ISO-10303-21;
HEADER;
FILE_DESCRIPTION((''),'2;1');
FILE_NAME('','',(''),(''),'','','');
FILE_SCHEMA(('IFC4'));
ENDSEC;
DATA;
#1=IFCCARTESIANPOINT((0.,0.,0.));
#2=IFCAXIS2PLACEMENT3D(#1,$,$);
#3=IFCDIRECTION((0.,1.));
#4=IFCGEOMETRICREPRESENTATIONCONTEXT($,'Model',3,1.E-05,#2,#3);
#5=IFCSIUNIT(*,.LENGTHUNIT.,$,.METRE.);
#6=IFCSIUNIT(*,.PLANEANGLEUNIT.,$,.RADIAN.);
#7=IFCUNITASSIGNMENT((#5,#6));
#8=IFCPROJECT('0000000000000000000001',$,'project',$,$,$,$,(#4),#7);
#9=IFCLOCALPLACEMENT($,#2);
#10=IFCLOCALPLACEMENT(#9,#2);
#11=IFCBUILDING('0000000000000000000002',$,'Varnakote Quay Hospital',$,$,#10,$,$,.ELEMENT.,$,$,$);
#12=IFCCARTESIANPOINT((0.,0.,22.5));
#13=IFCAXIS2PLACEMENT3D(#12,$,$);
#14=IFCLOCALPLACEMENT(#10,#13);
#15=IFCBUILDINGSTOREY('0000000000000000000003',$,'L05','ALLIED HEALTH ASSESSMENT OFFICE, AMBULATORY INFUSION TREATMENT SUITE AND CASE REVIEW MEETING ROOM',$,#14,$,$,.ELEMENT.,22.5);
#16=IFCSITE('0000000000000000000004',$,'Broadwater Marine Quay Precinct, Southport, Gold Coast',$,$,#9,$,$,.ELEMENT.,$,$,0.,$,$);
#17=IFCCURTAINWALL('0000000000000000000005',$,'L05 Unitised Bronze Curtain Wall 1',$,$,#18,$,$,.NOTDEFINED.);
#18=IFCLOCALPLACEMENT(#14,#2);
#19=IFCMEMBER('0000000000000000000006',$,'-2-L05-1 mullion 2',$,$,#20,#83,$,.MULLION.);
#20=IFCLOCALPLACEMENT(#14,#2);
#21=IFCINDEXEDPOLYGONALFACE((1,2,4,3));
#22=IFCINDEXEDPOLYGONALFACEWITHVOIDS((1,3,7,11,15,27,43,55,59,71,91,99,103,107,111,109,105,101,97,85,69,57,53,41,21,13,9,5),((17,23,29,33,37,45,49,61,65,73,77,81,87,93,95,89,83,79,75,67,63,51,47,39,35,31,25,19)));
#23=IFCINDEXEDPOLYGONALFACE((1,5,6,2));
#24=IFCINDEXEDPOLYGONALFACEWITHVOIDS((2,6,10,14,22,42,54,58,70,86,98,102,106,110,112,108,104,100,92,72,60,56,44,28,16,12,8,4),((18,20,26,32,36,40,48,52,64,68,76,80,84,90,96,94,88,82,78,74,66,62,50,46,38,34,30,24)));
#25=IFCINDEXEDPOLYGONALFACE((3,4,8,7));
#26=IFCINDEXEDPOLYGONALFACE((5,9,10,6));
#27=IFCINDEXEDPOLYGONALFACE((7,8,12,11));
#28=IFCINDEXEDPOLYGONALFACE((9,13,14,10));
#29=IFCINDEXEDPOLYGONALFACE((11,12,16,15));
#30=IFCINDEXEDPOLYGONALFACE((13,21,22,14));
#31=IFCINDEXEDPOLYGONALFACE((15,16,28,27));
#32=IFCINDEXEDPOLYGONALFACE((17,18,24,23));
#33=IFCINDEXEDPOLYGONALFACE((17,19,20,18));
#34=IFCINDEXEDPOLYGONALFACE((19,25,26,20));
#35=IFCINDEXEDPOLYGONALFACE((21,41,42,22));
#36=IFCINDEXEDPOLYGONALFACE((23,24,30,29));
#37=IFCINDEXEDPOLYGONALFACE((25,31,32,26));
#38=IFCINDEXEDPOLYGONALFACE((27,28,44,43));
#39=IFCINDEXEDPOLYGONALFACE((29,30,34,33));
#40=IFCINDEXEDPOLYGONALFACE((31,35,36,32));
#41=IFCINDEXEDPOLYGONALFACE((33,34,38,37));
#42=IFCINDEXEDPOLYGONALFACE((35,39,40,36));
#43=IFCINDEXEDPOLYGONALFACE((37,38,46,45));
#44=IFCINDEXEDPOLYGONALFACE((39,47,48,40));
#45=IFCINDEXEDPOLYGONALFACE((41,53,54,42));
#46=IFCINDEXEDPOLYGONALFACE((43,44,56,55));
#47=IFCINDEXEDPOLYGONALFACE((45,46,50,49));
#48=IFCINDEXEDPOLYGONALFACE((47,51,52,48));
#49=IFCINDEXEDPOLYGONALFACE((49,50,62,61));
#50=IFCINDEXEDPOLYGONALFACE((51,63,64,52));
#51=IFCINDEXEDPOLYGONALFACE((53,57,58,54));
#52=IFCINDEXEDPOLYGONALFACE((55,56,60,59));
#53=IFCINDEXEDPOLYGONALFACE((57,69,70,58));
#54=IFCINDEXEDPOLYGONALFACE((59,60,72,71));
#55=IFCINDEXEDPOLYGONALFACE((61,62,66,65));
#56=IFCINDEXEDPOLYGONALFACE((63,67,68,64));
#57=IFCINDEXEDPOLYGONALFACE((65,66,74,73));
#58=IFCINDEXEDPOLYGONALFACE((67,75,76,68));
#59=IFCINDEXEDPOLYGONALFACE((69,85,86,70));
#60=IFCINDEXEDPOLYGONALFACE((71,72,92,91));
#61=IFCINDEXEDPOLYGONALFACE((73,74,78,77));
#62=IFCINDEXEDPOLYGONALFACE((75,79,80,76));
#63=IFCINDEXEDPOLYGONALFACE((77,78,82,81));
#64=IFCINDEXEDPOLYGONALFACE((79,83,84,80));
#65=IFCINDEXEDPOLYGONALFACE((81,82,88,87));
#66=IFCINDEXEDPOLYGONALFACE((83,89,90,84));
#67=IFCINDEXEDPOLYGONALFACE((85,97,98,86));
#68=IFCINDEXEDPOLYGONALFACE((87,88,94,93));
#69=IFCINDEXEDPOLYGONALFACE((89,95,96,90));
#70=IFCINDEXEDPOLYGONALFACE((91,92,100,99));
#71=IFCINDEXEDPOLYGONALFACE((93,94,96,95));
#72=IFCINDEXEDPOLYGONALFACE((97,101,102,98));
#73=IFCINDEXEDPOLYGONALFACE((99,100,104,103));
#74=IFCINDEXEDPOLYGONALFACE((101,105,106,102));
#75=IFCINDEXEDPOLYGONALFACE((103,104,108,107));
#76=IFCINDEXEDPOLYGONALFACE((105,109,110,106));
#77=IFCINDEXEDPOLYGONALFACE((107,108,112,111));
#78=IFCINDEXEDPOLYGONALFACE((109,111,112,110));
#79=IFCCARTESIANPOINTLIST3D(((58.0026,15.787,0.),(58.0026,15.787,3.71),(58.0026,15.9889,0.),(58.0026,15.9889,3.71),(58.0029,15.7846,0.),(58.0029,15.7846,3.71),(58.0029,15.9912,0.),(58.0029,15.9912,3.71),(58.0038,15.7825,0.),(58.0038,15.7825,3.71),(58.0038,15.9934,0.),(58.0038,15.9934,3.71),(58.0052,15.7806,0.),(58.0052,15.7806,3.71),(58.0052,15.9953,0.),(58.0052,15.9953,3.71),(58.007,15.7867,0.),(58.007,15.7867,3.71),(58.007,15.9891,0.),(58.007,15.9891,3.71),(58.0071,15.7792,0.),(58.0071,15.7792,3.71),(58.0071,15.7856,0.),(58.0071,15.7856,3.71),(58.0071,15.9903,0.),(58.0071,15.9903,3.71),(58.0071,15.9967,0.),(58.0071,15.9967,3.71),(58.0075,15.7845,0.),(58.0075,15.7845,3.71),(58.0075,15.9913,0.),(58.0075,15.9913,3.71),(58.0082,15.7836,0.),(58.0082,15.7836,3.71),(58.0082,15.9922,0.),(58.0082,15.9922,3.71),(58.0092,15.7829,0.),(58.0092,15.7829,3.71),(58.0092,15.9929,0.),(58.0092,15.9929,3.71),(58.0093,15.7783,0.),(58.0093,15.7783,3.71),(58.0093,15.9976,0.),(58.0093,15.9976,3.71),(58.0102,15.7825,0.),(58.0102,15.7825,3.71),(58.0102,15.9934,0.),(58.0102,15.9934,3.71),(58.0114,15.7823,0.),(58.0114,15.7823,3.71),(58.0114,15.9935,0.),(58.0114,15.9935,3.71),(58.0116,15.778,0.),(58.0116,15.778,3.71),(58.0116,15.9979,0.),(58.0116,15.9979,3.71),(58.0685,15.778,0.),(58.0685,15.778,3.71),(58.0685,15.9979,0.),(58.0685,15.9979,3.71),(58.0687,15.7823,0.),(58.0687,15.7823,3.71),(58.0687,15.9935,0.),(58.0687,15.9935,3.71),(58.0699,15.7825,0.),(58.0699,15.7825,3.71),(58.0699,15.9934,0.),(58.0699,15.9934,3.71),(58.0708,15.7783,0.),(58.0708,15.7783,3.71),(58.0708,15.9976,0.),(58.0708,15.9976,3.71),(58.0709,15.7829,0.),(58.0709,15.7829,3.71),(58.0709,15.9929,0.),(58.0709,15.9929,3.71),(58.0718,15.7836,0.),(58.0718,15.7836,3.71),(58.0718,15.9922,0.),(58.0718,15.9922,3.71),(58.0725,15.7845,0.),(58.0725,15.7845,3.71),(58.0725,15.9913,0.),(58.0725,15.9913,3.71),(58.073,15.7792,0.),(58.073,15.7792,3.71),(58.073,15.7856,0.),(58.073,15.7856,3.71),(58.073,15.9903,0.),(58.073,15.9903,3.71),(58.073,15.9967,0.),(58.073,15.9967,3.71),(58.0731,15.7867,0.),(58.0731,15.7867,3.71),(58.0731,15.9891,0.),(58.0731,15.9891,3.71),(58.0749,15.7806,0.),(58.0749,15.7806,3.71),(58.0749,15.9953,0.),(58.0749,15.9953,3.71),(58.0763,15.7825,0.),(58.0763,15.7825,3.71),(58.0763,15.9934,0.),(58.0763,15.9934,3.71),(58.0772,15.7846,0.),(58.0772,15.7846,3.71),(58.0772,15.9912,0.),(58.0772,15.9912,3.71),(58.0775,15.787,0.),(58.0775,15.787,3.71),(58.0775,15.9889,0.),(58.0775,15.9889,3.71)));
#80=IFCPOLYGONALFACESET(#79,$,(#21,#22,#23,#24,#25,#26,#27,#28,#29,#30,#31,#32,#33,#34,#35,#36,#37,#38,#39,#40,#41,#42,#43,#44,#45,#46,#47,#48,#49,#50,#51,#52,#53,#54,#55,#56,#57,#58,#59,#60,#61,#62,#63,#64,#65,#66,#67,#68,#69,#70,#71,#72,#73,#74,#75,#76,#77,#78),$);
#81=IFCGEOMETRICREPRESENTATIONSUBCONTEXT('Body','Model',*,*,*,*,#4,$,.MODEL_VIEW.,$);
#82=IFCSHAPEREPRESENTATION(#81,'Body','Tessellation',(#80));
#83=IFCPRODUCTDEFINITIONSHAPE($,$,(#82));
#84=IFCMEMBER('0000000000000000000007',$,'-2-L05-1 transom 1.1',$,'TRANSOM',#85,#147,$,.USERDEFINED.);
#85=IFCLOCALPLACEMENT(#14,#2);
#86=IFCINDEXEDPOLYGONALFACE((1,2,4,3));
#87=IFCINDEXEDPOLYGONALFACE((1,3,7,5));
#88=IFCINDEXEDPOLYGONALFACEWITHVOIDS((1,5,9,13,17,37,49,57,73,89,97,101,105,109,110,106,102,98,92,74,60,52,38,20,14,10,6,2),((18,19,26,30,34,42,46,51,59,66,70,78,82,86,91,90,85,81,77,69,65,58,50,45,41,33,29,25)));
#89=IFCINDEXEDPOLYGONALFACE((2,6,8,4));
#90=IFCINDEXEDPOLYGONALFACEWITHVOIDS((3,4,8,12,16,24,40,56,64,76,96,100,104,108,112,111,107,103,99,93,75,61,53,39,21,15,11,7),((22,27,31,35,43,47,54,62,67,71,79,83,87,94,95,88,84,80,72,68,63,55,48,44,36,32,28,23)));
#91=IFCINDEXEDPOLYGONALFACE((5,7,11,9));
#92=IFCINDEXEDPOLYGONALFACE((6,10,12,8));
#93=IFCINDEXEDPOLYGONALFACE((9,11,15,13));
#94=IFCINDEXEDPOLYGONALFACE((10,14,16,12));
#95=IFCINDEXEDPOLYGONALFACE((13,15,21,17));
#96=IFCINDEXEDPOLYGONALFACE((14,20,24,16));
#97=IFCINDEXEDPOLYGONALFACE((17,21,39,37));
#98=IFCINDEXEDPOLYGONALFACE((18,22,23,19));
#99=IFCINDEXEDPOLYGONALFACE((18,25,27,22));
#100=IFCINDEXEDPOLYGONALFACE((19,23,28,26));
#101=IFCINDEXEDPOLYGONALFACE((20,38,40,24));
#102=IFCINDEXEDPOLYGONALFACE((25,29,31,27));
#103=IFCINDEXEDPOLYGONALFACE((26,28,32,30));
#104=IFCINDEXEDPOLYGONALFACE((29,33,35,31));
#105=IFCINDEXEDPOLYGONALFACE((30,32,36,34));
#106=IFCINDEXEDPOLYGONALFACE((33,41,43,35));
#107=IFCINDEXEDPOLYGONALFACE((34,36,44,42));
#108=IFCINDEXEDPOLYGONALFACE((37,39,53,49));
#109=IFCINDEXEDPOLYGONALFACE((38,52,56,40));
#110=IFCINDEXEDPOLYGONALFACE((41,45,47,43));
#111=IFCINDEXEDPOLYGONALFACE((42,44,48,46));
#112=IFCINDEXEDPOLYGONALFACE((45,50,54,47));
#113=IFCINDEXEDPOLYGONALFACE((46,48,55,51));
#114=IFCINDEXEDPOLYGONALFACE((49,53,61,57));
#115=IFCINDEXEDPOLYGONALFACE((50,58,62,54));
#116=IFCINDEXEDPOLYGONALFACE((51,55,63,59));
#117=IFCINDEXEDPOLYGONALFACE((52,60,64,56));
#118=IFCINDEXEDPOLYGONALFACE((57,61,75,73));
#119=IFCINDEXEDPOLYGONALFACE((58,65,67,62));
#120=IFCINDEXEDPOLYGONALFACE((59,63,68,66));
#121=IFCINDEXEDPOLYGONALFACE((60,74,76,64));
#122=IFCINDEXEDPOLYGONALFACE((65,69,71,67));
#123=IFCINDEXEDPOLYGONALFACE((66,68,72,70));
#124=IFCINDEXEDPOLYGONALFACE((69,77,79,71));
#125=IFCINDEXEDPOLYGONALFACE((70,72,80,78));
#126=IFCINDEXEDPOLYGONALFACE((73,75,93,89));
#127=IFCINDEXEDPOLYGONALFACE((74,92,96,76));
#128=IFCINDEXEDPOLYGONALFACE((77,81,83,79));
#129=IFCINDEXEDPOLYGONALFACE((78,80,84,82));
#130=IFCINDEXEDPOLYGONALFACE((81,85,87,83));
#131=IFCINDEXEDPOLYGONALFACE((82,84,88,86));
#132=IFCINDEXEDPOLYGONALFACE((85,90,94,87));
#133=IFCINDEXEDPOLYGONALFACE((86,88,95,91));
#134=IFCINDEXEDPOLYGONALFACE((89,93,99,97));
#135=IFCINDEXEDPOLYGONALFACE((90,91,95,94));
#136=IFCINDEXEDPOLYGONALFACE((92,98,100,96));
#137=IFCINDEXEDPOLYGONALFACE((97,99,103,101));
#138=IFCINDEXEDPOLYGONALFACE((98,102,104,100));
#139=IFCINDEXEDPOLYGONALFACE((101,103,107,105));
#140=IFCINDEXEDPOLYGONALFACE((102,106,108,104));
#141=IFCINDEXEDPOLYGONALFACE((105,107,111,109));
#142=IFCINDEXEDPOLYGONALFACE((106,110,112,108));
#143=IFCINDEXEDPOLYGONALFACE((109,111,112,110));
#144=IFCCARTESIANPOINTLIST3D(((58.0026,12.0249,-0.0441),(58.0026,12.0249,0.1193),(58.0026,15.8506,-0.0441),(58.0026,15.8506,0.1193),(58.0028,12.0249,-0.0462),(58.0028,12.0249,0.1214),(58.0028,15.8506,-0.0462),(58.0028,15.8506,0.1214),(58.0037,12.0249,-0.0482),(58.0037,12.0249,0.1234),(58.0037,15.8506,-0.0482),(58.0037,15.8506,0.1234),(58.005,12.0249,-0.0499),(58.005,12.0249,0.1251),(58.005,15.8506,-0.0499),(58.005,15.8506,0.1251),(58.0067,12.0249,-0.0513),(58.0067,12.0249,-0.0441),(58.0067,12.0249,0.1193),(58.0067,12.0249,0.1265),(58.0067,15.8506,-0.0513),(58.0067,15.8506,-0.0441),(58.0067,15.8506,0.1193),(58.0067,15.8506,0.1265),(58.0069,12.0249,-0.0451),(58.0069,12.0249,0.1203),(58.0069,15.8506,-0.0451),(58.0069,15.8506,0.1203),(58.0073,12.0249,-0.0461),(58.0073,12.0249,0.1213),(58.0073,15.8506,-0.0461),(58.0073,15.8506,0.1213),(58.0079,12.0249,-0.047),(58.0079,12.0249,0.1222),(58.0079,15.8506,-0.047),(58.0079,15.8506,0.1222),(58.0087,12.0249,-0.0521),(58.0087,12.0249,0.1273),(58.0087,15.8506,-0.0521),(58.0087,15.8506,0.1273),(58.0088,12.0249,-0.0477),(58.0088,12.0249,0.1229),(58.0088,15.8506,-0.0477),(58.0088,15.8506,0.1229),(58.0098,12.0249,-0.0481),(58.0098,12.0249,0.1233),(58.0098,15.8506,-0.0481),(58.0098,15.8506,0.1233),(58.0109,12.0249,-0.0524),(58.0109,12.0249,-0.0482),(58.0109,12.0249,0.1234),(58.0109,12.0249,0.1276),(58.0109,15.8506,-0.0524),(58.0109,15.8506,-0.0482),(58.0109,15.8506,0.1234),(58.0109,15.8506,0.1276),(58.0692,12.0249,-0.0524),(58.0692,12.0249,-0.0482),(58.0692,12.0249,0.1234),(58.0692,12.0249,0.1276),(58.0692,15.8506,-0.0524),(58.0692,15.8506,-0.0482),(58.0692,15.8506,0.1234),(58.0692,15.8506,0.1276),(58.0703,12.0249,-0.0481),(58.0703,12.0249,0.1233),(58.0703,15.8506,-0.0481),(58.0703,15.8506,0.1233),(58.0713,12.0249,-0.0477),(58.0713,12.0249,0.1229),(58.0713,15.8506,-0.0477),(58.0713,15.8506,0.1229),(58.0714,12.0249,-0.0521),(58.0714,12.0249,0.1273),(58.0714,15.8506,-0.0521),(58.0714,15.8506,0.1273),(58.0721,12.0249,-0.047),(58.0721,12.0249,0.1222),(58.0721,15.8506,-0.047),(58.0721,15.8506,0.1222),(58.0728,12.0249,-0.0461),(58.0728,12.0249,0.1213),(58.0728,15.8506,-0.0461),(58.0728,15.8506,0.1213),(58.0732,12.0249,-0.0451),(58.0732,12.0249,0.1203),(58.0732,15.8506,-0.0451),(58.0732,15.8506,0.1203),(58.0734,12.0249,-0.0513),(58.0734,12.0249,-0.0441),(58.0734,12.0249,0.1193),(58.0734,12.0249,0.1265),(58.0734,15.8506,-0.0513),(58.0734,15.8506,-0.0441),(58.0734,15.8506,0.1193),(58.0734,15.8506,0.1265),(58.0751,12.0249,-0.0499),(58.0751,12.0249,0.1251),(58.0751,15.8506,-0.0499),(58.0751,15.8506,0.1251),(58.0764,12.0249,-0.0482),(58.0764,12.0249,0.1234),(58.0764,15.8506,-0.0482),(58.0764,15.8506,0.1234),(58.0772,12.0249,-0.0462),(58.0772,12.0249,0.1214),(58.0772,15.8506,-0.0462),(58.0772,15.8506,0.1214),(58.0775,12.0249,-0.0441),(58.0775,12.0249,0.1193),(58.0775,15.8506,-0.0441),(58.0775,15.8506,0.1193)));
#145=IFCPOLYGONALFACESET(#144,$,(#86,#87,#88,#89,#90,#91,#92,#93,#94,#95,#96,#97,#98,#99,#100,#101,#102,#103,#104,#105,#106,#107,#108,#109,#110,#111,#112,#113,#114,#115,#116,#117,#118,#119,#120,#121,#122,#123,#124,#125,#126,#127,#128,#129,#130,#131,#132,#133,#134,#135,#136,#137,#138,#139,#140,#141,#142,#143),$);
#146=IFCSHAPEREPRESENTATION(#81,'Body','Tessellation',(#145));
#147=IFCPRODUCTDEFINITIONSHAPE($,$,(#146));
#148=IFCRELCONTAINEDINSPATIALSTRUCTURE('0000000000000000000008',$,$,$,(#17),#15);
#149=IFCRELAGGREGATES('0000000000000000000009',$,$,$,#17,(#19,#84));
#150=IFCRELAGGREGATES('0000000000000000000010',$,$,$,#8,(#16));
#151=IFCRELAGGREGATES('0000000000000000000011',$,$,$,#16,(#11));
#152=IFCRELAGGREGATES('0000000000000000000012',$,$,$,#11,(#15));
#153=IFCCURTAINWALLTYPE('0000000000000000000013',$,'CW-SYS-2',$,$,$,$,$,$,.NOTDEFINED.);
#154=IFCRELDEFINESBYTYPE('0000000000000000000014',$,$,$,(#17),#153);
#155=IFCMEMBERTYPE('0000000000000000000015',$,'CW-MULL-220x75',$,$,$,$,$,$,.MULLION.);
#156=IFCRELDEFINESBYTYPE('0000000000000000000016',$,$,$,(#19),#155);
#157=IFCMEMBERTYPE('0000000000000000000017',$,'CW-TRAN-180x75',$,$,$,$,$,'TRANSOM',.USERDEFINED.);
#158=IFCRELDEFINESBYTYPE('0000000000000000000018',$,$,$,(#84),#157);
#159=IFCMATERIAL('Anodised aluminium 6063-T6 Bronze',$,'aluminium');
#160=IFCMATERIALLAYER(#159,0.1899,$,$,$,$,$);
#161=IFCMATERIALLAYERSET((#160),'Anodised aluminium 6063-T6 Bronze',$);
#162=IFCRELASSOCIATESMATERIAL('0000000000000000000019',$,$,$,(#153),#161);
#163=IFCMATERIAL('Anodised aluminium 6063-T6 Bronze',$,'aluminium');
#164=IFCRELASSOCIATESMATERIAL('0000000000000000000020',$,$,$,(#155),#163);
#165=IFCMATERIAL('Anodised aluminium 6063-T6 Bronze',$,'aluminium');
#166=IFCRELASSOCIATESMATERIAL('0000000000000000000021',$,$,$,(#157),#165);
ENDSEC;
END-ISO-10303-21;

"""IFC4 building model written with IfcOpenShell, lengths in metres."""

from ifc_helpers import new_model, si_unit, direction, frame, origin, origin_2d, place, context, subcontext, project, spatial, hollow_rectangle, extrude, material, layer, layer_set, material_profile, profile_set, type_object, element, aggregate, save


model = new_model("IFC4")

# Units and contexts
model_context = context("Model", 3, precision=1e-05, world=origin(), true_north=direction((0.0, 1.0)))
body_context = subcontext(model_context, "Body", "Model", "MODEL_VIEW")
ifc_project = project(units=[si_unit("LENGTHUNIT", "METRE"), si_unit("PLANEANGLEUNIT", "RADIAN")], contexts=[model_context])

# Site, building, storey
site_placement = place(None, origin())
site = spatial("IfcSite", under=ifc_project, at=site_placement, Name="Broadwater Marine Quay Precinct, Southport, Gold Coast", CompositionType="ELEMENT", RefElevation=0.0)
building_placement = place(site_placement, origin())
building = spatial("IfcBuilding", under=site, at=building_placement, Name="Varnakote Quay Hospital", CompositionType="ELEMENT")
storey_placement = place(building_placement, frame((0.0, 0.0, 22.5)))
storey = spatial("IfcBuildingStorey", under=building, at=storey_placement, Name="L05", Description="ALLIED HEALTH ASSESSMENT OFFICE, AMBULATORY INFUSION TREATMENT SUITE AND CASE REVIEW MEETING ROOM", CompositionType="ELEMENT", Elevation=22.5)

# Curtain wall, members
ifc_material_1 = material(Name="Anodised aluminium 6063-T6 Bronze", Category="aluminium")
ifc_layer_1 = layer(ifc_material_1, 0.1899)
ifc_layer_set_1 = layer_set([ifc_layer_1], Name="Anodised aluminium 6063-T6 Bronze")
curtain_wall_type = type_object("IfcCurtainWallType", Name="CW-SYS-2", PredefinedType="NOTDEFINED", material=ifc_layer_set_1)
curtain_wall_placement = place(storey_placement, origin())
curtain_wall = element("IfcCurtainWall", 1, at=curtain_wall_placement, inside=storey, type_object=curtain_wall_type, Name="L05 Unitised Bronze Curtain Wall 1", PredefinedType="NOTDEFINED")
ifc_material_2 = material(Name="Anodised aluminium 6063-T6 Bronze", Category="aluminium")
ifc_material_profile_1 = material_profile(ifc_material_2, hollow_rectangle(XDim=0.075, YDim=0.22, WallThickness=0.0044, InnerFilletRadius=0.0044, OuterFilletRadius=0.009, at=origin_2d()), Name="CW-MULL-220x75")
ifc_profile_set_1 = profile_set([ifc_material_profile_1], Name="Anodised aluminium 6063-T6 Bronze")
member_type_1 = type_object("IfcMemberType", Name="CW-MULL-220x75", PredefinedType="MULLION", material=ifc_profile_set_1)
member_1_placement = place(storey_placement, frame((58.04, 15.8879, 0.0), z_axis=(0.0, 0.0, 1.0), x_axis=(-1.0, 0.0, 0.0)))
member_1 = element("IfcMember", 2, at=member_1_placement, type_object=member_type_1, Name="-2-L05-1 mullion 2", PredefinedType="MULLION", context=body_context, shape_type="SweptSolid", body=[
    extrude(hollow_rectangle(XDim=0.075, YDim=0.22, WallThickness=0.0044, InnerFilletRadius=0.0044, OuterFilletRadius=0.009, at=origin_2d()), origin(), (0.0, 0.0, 1.0), 3.71),
])
ifc_material_3 = material(Name="Anodised aluminium 6063-T6 Bronze", Category="aluminium")
ifc_material_profile_2 = material_profile(ifc_material_3, hollow_rectangle(XDim=0.075, YDim=0.1799, WallThickness=0.0042, InnerFilletRadius=0.0042, OuterFilletRadius=0.0083, at=origin_2d()), Name="CW-TRAN-180x75")
ifc_profile_set_2 = profile_set([ifc_material_profile_2], Name="Anodised aluminium 6063-T6 Bronze")
member_type_2 = type_object("IfcMemberType", Name="CW-TRAN-180x75", ElementType="TRANSOM", PredefinedType="USERDEFINED", material=ifc_profile_set_2)
member_2_placement = place(storey_placement, frame((58.04, 12.0249, 0.0376), z_axis=(0.0, 1.0, 0.0), x_axis=(-1.0, 0.0, 0.0)))
member_2 = element("IfcMember", 3, at=member_2_placement, type_object=member_type_2, Name="-2-L05-1 transom 1.1", ObjectType="TRANSOM", PredefinedType="USERDEFINED", context=body_context, shape_type="SweptSolid", body=[
    extrude(hollow_rectangle(XDim=0.075, YDim=0.1799, WallThickness=0.0042, InnerFilletRadius=0.0042, OuterFilletRadius=0.0083, at=origin_2d()), origin(), (0.0, 0.0, 1.0), 3.8257),
])
aggregate(curtain_wall, [member_1, member_2])

save(model, "model.ifc")
